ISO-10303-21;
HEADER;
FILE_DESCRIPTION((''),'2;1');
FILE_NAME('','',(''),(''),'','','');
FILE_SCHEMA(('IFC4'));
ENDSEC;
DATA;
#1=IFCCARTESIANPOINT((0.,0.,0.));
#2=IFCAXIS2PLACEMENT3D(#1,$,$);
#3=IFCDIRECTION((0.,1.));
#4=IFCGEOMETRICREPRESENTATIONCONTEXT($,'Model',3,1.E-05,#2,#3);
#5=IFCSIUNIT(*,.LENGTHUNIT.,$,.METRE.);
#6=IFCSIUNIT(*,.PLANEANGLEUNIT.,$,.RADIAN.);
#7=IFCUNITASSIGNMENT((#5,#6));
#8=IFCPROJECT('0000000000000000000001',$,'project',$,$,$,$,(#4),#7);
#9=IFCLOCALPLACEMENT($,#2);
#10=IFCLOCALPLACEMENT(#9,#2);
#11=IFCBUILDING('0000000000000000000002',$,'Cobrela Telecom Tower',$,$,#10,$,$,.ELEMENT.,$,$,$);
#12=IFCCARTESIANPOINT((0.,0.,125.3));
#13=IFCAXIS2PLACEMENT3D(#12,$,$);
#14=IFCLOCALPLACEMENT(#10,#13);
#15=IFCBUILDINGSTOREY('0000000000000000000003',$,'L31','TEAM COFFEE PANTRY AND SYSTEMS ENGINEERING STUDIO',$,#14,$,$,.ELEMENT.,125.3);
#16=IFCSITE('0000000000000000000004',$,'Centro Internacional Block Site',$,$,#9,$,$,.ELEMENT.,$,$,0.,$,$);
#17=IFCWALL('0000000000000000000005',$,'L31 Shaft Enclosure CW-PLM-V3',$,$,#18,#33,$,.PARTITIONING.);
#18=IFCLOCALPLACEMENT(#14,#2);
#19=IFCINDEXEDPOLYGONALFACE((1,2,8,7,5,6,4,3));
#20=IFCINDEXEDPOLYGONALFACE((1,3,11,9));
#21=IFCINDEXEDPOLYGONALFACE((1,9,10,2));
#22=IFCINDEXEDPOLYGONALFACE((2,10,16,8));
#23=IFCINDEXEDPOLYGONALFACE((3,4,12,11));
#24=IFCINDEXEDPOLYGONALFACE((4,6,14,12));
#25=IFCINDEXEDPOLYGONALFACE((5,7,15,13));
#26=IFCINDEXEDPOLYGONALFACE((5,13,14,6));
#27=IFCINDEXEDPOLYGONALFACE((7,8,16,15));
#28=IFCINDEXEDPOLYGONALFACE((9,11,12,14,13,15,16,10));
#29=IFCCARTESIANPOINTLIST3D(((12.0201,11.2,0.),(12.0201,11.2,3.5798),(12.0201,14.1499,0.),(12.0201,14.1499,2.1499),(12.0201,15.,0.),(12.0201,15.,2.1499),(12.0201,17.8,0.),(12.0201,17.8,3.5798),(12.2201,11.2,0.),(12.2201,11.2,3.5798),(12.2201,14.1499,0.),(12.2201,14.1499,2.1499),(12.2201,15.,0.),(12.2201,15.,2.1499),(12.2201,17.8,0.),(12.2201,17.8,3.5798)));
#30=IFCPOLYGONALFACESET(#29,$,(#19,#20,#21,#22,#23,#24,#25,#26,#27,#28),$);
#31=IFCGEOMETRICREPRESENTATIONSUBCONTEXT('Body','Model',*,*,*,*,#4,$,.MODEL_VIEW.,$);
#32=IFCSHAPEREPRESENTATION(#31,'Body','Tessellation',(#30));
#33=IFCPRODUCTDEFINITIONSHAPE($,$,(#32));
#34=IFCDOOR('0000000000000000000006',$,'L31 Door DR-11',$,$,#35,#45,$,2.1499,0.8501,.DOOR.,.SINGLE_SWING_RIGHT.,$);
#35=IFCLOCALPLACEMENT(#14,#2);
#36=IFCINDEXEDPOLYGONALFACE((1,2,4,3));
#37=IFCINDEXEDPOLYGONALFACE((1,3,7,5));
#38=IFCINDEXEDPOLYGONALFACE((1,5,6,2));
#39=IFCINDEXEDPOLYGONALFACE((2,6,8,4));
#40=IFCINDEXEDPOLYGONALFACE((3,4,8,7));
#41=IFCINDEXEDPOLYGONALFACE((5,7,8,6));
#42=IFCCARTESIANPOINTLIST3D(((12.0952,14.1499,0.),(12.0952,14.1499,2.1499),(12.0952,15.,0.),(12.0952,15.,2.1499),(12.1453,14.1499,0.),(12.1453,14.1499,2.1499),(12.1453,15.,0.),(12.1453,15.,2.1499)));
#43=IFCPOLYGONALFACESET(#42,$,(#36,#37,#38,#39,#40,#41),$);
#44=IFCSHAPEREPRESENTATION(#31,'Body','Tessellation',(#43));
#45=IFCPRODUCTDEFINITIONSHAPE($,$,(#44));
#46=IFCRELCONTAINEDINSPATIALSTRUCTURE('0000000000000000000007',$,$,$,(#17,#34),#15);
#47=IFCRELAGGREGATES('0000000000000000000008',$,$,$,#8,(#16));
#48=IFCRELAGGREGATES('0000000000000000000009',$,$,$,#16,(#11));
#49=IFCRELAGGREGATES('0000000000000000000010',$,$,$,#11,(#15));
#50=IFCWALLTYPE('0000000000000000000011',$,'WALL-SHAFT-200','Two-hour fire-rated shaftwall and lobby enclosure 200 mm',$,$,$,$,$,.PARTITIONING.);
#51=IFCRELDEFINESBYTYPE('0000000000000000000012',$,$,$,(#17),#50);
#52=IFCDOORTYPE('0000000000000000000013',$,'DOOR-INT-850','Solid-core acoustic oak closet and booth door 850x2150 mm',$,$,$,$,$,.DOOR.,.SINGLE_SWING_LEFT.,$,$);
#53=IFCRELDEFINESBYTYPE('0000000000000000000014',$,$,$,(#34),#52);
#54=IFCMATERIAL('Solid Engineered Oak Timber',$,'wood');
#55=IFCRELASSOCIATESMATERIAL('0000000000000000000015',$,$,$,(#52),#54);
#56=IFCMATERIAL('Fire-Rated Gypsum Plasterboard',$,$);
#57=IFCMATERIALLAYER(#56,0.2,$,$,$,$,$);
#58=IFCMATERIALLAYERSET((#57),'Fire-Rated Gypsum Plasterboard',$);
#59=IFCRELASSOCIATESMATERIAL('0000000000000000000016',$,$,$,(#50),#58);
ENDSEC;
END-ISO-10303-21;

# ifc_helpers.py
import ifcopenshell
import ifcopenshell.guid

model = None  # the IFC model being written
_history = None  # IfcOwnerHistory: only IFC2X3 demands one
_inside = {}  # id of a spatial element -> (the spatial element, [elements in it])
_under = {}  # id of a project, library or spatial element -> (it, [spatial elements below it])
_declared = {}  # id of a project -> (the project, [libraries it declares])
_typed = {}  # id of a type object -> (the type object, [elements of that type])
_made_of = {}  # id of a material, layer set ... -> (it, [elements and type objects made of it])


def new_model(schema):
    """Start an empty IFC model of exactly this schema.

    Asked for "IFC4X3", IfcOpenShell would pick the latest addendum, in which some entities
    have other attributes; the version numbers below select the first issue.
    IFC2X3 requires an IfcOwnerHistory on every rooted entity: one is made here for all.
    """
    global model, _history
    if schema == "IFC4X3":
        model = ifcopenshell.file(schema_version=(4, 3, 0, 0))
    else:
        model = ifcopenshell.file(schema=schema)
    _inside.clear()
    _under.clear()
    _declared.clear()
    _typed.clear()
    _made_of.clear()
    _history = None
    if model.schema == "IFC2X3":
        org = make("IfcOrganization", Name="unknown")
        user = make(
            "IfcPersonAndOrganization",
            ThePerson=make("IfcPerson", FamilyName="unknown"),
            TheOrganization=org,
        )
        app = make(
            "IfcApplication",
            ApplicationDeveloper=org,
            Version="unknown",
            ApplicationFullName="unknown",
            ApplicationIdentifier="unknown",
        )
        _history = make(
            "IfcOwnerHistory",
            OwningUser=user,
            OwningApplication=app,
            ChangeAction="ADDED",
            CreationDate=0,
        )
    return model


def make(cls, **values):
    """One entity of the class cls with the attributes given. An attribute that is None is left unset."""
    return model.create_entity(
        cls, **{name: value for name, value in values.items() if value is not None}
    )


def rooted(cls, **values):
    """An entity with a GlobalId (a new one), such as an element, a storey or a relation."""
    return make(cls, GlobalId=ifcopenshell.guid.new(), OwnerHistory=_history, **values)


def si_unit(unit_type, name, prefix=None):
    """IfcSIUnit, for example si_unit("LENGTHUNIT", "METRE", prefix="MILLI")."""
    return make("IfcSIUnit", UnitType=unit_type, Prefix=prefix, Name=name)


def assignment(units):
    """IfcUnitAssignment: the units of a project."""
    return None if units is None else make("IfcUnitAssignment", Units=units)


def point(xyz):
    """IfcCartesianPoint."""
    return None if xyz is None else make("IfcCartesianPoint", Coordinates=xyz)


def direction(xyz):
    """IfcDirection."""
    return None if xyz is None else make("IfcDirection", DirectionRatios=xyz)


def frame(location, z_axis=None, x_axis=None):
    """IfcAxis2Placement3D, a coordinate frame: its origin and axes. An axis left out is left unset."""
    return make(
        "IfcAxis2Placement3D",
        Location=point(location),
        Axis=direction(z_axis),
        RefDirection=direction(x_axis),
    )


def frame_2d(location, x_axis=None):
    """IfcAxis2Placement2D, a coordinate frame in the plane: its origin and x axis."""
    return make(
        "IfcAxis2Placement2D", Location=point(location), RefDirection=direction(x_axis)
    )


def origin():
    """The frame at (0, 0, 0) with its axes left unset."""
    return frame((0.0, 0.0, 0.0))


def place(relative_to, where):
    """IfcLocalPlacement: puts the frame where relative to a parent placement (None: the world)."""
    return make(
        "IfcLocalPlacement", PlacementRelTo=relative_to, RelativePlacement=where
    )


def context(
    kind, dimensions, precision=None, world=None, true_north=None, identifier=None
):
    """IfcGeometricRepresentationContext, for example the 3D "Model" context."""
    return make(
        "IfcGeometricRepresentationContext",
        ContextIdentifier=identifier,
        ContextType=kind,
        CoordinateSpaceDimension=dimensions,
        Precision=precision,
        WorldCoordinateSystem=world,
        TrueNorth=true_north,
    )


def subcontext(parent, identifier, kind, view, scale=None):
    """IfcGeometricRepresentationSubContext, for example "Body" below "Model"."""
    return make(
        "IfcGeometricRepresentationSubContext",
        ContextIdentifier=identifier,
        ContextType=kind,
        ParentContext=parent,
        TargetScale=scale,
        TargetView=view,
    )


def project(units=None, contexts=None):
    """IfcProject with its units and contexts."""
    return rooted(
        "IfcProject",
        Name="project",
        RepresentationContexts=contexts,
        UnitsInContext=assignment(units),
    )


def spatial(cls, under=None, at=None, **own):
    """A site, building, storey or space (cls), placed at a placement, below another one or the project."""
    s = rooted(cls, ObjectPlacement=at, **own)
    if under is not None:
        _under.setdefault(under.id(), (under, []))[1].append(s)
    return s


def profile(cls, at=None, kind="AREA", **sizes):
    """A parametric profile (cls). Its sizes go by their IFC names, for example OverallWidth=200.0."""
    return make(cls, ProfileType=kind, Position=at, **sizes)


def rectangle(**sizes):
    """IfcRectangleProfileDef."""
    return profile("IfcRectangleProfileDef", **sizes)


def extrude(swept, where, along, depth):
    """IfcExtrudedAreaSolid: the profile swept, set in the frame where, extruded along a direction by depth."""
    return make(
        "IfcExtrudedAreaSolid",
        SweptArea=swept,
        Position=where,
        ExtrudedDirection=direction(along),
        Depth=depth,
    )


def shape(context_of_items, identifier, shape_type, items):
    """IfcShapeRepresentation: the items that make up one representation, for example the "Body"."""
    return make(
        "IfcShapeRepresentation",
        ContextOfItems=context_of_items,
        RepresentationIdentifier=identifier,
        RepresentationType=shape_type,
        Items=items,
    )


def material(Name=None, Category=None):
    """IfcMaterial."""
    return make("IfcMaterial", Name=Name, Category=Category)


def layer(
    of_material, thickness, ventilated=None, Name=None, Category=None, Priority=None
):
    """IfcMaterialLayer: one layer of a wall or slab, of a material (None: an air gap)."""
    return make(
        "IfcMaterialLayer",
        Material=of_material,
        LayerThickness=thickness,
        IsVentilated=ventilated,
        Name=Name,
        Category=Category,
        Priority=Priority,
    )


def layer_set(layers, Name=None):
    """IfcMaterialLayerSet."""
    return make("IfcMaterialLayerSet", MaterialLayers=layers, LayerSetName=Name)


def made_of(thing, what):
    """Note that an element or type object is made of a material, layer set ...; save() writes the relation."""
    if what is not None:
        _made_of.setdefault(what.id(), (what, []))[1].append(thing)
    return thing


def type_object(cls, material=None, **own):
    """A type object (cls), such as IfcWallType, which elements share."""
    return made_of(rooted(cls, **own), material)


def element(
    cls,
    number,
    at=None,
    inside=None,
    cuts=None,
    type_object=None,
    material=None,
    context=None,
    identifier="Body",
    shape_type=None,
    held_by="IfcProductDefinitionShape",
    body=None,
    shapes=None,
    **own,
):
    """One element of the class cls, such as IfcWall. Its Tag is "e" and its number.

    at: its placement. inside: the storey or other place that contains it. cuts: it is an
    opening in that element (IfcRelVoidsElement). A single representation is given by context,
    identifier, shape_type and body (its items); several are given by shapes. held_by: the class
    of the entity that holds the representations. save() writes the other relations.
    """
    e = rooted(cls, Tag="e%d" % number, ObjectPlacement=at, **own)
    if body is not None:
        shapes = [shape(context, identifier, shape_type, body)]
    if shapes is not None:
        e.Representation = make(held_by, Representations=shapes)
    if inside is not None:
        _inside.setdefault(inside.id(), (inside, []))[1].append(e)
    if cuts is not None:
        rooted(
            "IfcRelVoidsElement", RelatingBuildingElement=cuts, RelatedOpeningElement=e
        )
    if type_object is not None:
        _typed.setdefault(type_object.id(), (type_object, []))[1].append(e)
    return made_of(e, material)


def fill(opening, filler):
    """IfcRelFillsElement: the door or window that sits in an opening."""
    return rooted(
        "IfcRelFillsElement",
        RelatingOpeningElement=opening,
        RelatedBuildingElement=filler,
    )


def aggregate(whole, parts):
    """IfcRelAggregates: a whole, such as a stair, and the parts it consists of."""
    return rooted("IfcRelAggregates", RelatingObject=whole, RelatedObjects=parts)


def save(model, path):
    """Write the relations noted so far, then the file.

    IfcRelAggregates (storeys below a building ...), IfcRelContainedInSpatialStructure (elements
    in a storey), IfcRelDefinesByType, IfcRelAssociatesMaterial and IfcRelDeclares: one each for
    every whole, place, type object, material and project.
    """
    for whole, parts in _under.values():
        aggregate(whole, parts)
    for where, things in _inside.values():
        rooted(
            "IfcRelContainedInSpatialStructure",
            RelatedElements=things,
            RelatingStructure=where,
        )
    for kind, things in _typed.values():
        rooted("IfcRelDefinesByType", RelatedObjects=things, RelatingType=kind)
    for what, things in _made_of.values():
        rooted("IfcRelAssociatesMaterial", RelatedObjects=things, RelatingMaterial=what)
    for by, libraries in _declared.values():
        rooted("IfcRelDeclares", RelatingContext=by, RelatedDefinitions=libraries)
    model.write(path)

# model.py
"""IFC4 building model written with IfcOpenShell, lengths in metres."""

from ifc_helpers import new_model, si_unit, direction, frame, frame_2d, origin, place, context, subcontext, project, spatial, rectangle, extrude, material, layer, layer_set, type_object, element, fill, save


model = new_model("IFC4")

# Units and contexts
model_context = context("Model", 3, precision=1e-05, world=origin(), true_north=direction((0.0, 1.0)))
body_context = subcontext(model_context, "Body", "Model", "MODEL_VIEW")
ifc_project = project(units=[si_unit("LENGTHUNIT", "METRE"), si_unit("PLANEANGLEUNIT", "RADIAN")], contexts=[model_context])

# Site, building, storey
site_placement = place(None, origin())
site = spatial("IfcSite", under=ifc_project, at=site_placement, Name="Centro Internacional Block Site", CompositionType="ELEMENT", RefElevation=0.0)
building_placement = place(site_placement, origin())
building = spatial("IfcBuilding", under=site, at=building_placement, Name="Cobrela Telecom Tower", CompositionType="ELEMENT")
storey_placement = place(building_placement, frame((0.0, 0.0, 125.3)))
storey = spatial("IfcBuildingStorey", under=building, at=storey_placement, Name="L31", Description="TEAM COFFEE PANTRY AND SYSTEMS ENGINEERING STUDIO", CompositionType="ELEMENT", Elevation=125.3)

# Shared definitions
ifc_material_1 = material(Name="Fire-Rated Gypsum Plasterboard")
ifc_material_2 = material(Name="Solid Engineered Oak Timber", Category="wood")

# Shared definitions
door_type_1 = type_object("IfcDoorType", Name="DOOR-INT-850", Description="Solid-core acoustic oak closet and booth door 850x2150 mm", OperationType="SINGLE_SWING_LEFT", PredefinedType="DOOR", material=ifc_material_2)

# Shared definitions
ifc_layer_1 = layer(ifc_material_1, 0.2)
ifc_layer_set_1 = layer_set([ifc_layer_1], Name="Fire-Rated Gypsum Plasterboard")
wall_type_1 = type_object("IfcWallType", Name="WALL-SHAFT-200", Description="Two-hour fire-rated shaftwall and lobby enclosure 200 mm", PredefinedType="PARTITIONING", material=ifc_layer_set_1)

# Wall, opening, door
wall_1_placement = place(storey_placement, frame((12.1201, 11.2, 0.0), z_axis=(0.0, 0.0, 1.0), x_axis=(0.0, 1.0, 0.0)))
wall_1 = element("IfcWall", 1, at=wall_1_placement, inside=storey, type_object=wall_type_1, Name="L31 Shaft Enclosure CW-PLM-V3", PredefinedType="PARTITIONING", context=body_context, shape_type="SweptSolid", body=[
    extrude(rectangle(XDim=6.6001, YDim=0.2, at=frame_2d((3.3, 0.0))), origin(), (0.0, 0.0, 1.0), 3.5798),
])
opening_1_placement = place(wall_1_placement, frame((2.95, 0.0, 0.0)))
opening_1 = element("IfcOpeningElement", 2, at=opening_1_placement, cuts=wall_1, PredefinedType="OPENING", context=body_context, shape_type="SweptSolid", body=[
    extrude(rectangle(XDim=0.8501, YDim=2.1499, at=frame_2d((0.425, 1.075))), frame((0.0, 0.1118, 0.0), z_axis=(0.0, -1.0, 0.0), x_axis=(1.0, 0.0, 0.0)), (0.0, 0.0, 1.0), 0.2239),
])
door_1_placement = place(opening_1_placement, origin())
door_1 = element("IfcDoor", 3, at=door_1_placement, inside=storey, type_object=door_type_1, Name="L31 Door DR-11", OperationType="SINGLE_SWING_RIGHT", OverallHeight=2.1499, OverallWidth=0.8501, PredefinedType="DOOR", context=body_context, shape_type="SweptSolid", body=[
    extrude(rectangle(XDim=0.8501, YDim=2.1499, at=frame_2d((0.425, 1.075))), frame((0.0, 0.0249, 0.0), z_axis=(0.0, -1.0, 0.0), x_axis=(1.0, 0.0, 0.0)), (0.0, 0.0, 1.0), 0.05),
])
fill(opening_1, door_1)

save(model, "model.ifc")
